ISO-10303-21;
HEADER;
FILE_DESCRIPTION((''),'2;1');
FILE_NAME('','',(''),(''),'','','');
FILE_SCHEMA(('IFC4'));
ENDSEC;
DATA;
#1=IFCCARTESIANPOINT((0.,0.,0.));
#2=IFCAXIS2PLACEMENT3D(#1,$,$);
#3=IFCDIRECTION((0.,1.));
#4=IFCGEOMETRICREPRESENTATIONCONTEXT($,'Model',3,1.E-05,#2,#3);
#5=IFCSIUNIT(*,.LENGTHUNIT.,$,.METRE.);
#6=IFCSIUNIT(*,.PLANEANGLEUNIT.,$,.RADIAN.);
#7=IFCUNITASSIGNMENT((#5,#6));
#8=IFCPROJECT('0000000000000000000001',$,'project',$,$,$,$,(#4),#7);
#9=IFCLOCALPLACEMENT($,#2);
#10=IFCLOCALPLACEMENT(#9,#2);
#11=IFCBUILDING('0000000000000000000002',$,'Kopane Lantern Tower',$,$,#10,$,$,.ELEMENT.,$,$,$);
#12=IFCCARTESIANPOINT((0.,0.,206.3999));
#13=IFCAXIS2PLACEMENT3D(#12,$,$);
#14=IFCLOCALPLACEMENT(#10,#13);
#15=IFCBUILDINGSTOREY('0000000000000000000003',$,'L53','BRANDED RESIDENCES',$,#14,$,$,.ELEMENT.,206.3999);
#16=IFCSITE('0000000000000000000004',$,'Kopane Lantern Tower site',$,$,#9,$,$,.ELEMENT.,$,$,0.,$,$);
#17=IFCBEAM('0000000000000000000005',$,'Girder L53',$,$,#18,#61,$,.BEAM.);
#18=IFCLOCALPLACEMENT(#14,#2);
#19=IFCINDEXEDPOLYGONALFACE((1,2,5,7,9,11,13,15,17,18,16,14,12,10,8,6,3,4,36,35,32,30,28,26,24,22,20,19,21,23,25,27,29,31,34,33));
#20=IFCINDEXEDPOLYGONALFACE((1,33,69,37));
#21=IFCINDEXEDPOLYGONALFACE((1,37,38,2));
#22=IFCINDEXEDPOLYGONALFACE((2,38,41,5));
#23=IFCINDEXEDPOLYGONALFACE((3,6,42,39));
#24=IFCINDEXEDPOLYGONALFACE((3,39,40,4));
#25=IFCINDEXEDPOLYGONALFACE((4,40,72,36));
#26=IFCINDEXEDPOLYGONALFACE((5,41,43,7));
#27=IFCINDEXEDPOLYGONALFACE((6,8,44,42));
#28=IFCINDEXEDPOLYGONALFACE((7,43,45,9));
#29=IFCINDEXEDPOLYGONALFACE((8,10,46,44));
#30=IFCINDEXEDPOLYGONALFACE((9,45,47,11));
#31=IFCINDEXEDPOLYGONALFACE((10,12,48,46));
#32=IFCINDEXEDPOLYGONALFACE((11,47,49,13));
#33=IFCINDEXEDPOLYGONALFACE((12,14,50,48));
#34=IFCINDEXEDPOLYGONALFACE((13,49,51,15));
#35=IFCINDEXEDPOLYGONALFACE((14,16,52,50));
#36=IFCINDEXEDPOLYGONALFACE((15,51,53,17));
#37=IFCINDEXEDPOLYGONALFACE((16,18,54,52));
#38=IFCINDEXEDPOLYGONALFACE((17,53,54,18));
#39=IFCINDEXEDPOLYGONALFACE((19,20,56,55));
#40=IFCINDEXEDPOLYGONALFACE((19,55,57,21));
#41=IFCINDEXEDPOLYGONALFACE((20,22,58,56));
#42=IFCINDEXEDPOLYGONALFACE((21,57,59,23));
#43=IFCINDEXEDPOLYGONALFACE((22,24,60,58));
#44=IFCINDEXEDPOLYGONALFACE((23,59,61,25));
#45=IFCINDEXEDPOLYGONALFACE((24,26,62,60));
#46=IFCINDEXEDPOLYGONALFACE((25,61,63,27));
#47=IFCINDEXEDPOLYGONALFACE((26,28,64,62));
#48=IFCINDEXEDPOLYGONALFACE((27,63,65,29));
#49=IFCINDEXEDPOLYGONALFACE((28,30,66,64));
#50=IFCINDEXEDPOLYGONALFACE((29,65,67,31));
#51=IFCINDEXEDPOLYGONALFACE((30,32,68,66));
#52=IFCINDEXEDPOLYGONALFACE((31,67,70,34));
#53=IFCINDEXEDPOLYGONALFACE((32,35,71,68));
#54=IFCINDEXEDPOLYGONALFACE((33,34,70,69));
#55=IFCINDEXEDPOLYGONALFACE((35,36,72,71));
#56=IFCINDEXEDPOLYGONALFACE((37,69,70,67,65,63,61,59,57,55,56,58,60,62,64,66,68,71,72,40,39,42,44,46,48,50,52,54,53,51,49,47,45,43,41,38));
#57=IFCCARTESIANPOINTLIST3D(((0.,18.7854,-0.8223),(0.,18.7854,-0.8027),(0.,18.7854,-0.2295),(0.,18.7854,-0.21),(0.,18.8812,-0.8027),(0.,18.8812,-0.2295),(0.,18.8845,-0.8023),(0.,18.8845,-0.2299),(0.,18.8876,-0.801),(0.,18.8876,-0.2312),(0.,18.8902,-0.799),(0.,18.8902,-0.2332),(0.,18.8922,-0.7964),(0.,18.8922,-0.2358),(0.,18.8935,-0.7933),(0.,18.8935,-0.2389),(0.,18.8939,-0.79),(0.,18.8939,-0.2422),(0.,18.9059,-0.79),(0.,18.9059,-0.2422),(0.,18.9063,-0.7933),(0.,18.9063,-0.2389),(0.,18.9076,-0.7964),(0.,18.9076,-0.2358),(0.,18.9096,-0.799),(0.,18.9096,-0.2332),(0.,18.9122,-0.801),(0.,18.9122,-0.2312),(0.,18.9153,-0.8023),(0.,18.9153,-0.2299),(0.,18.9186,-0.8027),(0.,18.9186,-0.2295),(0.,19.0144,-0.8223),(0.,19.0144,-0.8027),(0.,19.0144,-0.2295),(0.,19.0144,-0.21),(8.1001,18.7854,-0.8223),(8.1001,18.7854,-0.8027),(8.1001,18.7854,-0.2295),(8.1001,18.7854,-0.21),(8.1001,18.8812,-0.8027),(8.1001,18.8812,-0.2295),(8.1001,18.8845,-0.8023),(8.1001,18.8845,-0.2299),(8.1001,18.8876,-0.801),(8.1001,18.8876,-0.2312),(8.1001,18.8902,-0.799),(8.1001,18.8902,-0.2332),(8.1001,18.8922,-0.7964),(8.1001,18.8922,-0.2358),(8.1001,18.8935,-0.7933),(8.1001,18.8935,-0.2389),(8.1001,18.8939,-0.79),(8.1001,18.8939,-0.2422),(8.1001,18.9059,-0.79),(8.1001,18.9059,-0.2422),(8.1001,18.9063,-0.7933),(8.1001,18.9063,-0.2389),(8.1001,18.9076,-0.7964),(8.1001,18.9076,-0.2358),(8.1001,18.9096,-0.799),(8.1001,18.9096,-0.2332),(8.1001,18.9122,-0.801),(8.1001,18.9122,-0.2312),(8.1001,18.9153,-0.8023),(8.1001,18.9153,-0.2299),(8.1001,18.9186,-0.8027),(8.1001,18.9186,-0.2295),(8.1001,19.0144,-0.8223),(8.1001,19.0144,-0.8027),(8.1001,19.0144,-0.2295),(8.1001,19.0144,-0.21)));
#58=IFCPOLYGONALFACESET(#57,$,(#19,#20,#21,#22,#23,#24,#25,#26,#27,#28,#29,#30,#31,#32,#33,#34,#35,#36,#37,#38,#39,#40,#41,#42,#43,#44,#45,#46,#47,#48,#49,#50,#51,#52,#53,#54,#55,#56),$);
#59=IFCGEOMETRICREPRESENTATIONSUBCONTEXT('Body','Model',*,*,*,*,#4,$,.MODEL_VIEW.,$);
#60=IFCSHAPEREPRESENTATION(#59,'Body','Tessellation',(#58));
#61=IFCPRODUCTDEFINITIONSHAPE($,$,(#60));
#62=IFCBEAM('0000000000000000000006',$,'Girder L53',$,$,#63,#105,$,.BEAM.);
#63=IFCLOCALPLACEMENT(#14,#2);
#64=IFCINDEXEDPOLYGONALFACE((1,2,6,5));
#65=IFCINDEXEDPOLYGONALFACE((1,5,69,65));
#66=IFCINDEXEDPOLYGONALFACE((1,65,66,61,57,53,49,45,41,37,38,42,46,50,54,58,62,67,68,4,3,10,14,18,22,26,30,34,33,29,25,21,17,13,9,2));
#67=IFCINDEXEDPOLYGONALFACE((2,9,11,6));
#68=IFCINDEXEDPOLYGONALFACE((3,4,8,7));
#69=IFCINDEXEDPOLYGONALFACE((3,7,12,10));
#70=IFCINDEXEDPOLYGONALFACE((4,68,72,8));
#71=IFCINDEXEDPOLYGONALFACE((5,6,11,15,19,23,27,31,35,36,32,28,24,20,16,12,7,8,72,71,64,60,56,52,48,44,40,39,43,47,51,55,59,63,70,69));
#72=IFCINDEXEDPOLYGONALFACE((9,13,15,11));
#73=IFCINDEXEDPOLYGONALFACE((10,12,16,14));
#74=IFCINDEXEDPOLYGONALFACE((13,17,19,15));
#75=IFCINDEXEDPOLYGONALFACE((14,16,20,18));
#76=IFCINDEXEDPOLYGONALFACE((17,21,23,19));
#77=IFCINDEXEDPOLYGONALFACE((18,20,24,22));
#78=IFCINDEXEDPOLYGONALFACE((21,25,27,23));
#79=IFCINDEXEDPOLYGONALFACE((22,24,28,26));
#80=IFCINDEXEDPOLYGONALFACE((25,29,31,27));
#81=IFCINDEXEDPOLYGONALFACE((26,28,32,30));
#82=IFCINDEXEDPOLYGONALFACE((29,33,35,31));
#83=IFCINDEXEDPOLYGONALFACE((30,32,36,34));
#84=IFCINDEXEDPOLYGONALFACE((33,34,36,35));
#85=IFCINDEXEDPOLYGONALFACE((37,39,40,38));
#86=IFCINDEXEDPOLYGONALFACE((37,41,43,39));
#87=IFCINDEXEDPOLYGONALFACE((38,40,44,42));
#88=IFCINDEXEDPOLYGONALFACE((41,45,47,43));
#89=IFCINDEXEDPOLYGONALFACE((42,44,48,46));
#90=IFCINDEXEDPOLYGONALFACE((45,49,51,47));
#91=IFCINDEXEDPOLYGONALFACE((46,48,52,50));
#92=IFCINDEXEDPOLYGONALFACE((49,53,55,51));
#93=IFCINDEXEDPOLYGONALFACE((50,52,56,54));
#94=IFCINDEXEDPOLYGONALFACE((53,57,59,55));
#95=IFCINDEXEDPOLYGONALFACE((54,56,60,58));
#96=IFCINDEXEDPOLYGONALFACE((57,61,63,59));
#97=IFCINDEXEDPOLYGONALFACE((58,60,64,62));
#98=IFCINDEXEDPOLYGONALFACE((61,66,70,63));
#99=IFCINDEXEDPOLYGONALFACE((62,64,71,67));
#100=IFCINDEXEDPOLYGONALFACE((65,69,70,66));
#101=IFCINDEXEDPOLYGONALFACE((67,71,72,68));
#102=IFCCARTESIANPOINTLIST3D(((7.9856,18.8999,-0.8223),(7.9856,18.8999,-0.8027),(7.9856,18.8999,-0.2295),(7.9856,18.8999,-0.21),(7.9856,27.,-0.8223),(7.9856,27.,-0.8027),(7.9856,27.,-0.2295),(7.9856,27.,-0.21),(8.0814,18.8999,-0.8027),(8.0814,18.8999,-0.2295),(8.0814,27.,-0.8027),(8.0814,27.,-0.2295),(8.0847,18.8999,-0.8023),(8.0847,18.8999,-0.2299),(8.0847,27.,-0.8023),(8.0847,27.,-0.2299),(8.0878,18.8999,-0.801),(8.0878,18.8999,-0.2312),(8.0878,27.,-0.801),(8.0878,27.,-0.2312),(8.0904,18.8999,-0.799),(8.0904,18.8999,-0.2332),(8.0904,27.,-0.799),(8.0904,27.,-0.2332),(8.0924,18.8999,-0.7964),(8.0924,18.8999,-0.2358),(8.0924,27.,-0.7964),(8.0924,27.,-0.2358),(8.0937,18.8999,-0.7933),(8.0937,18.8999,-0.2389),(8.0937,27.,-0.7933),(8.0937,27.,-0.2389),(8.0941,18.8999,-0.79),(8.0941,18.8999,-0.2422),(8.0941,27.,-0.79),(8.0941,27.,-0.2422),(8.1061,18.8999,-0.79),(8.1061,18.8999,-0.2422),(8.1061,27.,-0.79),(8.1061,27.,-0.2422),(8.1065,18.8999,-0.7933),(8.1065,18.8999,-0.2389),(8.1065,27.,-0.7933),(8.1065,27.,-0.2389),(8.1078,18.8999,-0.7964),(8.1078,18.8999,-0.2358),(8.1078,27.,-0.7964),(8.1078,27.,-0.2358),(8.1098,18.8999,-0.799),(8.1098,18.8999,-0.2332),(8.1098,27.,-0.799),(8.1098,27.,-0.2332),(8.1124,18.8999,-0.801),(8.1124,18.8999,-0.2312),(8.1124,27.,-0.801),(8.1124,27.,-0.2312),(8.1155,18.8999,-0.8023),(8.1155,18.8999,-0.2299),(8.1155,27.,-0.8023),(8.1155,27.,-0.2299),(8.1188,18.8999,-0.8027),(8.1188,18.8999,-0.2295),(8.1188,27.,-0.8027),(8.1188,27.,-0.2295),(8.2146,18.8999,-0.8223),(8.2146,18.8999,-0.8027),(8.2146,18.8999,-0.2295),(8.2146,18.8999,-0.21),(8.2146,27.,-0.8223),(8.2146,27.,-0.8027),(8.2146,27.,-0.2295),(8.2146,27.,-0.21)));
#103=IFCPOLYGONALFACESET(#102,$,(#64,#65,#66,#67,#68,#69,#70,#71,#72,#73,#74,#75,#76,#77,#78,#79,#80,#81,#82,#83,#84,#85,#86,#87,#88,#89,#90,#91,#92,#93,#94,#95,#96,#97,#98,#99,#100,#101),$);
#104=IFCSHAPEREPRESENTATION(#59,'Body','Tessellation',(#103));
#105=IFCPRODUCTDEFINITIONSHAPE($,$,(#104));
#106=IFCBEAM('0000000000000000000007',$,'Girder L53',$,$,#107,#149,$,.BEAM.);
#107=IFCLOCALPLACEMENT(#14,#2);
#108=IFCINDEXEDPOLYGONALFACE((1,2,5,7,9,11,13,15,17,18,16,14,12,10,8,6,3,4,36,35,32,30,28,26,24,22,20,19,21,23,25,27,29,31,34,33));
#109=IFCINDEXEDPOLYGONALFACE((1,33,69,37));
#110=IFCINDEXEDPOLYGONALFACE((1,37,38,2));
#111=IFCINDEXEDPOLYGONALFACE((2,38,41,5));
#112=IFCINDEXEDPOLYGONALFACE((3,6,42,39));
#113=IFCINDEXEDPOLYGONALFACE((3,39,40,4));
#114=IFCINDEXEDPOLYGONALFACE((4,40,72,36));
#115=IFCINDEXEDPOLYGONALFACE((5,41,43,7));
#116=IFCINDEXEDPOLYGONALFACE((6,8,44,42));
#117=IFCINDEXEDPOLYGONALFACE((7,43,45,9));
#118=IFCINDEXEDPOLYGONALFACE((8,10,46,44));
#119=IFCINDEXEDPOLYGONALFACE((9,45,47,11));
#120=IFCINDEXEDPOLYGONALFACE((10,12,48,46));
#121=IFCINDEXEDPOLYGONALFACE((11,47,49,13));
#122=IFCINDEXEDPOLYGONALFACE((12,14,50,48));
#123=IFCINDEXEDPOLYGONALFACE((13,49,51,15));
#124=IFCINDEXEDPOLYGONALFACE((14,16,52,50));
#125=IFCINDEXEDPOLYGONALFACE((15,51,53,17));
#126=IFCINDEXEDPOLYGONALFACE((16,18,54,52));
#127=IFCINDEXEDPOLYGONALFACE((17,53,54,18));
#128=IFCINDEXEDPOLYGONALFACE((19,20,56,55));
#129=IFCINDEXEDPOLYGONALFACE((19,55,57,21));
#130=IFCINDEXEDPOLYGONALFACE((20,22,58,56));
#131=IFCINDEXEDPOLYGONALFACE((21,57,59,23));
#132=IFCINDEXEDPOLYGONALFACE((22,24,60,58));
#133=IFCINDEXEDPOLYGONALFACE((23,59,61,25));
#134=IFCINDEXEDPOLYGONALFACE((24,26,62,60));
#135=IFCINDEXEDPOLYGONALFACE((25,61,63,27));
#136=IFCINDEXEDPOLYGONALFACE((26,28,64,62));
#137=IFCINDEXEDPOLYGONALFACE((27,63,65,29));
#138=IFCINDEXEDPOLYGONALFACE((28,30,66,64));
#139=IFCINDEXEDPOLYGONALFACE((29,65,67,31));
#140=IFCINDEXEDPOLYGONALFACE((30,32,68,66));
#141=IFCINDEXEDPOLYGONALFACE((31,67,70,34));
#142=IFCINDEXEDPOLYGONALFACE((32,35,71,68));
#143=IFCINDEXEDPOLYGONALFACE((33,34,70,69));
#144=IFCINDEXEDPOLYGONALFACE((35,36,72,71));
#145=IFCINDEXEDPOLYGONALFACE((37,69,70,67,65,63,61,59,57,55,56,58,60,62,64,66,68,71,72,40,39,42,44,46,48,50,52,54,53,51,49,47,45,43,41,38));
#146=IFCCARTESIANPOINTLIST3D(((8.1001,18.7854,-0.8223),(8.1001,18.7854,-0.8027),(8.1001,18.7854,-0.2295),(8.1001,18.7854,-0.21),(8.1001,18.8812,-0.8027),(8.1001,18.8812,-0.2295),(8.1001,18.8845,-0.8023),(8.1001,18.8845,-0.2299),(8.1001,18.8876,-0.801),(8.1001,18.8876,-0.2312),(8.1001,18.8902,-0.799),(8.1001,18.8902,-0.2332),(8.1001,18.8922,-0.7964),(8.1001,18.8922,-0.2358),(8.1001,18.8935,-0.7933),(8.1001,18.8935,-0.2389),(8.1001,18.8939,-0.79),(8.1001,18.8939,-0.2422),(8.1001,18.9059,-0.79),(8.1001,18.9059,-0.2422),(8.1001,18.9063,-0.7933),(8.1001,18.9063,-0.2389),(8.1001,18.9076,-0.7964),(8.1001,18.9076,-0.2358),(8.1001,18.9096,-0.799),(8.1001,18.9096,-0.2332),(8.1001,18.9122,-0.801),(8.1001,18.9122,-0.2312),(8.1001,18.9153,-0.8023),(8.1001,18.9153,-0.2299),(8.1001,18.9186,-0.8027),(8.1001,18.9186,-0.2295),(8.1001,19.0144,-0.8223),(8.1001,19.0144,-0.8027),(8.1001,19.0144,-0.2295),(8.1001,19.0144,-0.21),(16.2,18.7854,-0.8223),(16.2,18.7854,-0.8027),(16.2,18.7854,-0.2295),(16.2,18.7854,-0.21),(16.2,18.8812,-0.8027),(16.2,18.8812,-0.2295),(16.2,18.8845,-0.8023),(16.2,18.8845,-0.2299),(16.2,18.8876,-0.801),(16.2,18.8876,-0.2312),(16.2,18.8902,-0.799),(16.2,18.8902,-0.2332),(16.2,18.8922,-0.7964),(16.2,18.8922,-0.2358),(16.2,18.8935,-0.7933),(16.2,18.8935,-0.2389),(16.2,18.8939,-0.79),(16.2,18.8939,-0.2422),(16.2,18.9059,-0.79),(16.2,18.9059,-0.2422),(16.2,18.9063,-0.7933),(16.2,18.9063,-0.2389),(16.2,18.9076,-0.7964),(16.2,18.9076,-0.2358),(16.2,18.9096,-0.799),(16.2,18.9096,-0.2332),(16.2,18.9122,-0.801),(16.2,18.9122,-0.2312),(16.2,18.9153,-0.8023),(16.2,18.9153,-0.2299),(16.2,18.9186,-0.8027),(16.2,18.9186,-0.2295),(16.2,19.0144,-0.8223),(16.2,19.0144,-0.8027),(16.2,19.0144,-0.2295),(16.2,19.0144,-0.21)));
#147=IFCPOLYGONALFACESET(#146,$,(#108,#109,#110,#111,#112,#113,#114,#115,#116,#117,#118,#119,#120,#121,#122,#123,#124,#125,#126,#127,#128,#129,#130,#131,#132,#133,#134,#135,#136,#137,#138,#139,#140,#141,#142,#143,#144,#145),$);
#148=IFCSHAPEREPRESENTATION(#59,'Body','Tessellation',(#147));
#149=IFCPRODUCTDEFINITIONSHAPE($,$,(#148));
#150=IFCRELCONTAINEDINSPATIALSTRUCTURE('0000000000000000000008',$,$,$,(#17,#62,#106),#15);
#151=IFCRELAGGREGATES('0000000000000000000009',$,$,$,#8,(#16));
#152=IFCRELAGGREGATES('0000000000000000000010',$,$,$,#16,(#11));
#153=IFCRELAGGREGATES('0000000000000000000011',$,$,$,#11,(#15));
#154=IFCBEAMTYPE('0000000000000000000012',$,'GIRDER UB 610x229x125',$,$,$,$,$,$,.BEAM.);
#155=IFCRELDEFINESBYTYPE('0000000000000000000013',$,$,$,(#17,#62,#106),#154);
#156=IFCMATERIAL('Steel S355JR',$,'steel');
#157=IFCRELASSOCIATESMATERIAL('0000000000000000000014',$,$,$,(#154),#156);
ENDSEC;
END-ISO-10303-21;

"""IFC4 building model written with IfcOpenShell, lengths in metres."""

from ifc_helpers import new_model, si_unit, direction, frame, origin, origin_2d, place, context, subcontext, project, spatial, i_section, extrude, material, material_profile, profile_set, type_object, element, save


model = new_model("IFC4")

# Units and contexts
model_context = context("Model", 3, precision=1e-05, world=origin(), true_north=direction((0.0, 1.0)))
body_context = subcontext(model_context, "Body", "Model", "MODEL_VIEW")
ifc_project = project(units=[si_unit("LENGTHUNIT", "METRE"), si_unit("PLANEANGLEUNIT", "RADIAN")], contexts=[model_context])

# Site, building, storey
site_placement = place(None, origin())
site = spatial("IfcSite", under=ifc_project, at=site_placement, Name="Kopane Lantern Tower site", CompositionType="ELEMENT", RefElevation=0.0)
building_placement = place(site_placement, origin())
building = spatial("IfcBuilding", under=site, at=building_placement, Name="Kopane Lantern Tower", CompositionType="ELEMENT")
storey_placement = place(building_placement, frame((0.0, 0.0, 206.3999)))
storey = spatial("IfcBuildingStorey", under=building, at=storey_placement, Name="L53", Description="BRANDED RESIDENCES", CompositionType="ELEMENT", Elevation=206.3999)

# Beams
ifc_material_1 = material(Name="Steel S355JR", Category="steel")
ifc_material_profile_1 = material_profile(ifc_material_1, i_section(OverallWidth=0.229, OverallDepth=0.6123, WebThickness=0.012, FlangeThickness=0.0195, FilletRadius=0.0127, at=origin_2d()), Name="UB 610x229x125")
ifc_profile_set_1 = profile_set([ifc_material_profile_1], Name="Steel S355JR")
beam_type_1 = type_object("IfcBeamType", Name="GIRDER UB 610x229x125", PredefinedType="BEAM", material=ifc_profile_set_1)
for number, where, z_axis, x_axis, name in (
    (1, (0.0, 18.8999, -0.5161), (1.0, 0.0, 0.0), (0.0, 1.0, 0.0), "Girder L53"),
    (2, (8.1001, 18.8999, -0.5161), (0.0, 1.0, 0.0), (-1.0, 0.0, 0.0), "Girder L53"),
):
    element("IfcBeam", number, at=place(storey_placement, frame(where, z_axis=z_axis, x_axis=x_axis)), inside=storey, type_object=beam_type_1, Name=name, PredefinedType="BEAM", context=body_context, shape_type="SweptSolid", body=[
        extrude(i_section(OverallWidth=0.229, OverallDepth=0.6123, WebThickness=0.012, FlangeThickness=0.0195, FilletRadius=0.0127, at=origin_2d()), origin(), (0.0, 0.0, 1.0), 8.1001),
    ])
beam_1_placement = place(storey_placement, frame((8.1001, 18.8999, -0.5161), z_axis=(1.0, 0.0, 0.0), x_axis=(0.0, 1.0, 0.0)))
element("IfcBeam", 3, at=beam_1_placement, inside=storey, type_object=beam_type_1, Name="Girder L53", PredefinedType="BEAM", context=body_context, shape_type="SweptSolid", body=[
    extrude(i_section(OverallWidth=0.229, OverallDepth=0.6123, WebThickness=0.012, FlangeThickness=0.0195, FilletRadius=0.0127, at=origin_2d()), origin(), (0.0, 0.0, 1.0), 8.0999),
])

save(model, "model.ifc")
